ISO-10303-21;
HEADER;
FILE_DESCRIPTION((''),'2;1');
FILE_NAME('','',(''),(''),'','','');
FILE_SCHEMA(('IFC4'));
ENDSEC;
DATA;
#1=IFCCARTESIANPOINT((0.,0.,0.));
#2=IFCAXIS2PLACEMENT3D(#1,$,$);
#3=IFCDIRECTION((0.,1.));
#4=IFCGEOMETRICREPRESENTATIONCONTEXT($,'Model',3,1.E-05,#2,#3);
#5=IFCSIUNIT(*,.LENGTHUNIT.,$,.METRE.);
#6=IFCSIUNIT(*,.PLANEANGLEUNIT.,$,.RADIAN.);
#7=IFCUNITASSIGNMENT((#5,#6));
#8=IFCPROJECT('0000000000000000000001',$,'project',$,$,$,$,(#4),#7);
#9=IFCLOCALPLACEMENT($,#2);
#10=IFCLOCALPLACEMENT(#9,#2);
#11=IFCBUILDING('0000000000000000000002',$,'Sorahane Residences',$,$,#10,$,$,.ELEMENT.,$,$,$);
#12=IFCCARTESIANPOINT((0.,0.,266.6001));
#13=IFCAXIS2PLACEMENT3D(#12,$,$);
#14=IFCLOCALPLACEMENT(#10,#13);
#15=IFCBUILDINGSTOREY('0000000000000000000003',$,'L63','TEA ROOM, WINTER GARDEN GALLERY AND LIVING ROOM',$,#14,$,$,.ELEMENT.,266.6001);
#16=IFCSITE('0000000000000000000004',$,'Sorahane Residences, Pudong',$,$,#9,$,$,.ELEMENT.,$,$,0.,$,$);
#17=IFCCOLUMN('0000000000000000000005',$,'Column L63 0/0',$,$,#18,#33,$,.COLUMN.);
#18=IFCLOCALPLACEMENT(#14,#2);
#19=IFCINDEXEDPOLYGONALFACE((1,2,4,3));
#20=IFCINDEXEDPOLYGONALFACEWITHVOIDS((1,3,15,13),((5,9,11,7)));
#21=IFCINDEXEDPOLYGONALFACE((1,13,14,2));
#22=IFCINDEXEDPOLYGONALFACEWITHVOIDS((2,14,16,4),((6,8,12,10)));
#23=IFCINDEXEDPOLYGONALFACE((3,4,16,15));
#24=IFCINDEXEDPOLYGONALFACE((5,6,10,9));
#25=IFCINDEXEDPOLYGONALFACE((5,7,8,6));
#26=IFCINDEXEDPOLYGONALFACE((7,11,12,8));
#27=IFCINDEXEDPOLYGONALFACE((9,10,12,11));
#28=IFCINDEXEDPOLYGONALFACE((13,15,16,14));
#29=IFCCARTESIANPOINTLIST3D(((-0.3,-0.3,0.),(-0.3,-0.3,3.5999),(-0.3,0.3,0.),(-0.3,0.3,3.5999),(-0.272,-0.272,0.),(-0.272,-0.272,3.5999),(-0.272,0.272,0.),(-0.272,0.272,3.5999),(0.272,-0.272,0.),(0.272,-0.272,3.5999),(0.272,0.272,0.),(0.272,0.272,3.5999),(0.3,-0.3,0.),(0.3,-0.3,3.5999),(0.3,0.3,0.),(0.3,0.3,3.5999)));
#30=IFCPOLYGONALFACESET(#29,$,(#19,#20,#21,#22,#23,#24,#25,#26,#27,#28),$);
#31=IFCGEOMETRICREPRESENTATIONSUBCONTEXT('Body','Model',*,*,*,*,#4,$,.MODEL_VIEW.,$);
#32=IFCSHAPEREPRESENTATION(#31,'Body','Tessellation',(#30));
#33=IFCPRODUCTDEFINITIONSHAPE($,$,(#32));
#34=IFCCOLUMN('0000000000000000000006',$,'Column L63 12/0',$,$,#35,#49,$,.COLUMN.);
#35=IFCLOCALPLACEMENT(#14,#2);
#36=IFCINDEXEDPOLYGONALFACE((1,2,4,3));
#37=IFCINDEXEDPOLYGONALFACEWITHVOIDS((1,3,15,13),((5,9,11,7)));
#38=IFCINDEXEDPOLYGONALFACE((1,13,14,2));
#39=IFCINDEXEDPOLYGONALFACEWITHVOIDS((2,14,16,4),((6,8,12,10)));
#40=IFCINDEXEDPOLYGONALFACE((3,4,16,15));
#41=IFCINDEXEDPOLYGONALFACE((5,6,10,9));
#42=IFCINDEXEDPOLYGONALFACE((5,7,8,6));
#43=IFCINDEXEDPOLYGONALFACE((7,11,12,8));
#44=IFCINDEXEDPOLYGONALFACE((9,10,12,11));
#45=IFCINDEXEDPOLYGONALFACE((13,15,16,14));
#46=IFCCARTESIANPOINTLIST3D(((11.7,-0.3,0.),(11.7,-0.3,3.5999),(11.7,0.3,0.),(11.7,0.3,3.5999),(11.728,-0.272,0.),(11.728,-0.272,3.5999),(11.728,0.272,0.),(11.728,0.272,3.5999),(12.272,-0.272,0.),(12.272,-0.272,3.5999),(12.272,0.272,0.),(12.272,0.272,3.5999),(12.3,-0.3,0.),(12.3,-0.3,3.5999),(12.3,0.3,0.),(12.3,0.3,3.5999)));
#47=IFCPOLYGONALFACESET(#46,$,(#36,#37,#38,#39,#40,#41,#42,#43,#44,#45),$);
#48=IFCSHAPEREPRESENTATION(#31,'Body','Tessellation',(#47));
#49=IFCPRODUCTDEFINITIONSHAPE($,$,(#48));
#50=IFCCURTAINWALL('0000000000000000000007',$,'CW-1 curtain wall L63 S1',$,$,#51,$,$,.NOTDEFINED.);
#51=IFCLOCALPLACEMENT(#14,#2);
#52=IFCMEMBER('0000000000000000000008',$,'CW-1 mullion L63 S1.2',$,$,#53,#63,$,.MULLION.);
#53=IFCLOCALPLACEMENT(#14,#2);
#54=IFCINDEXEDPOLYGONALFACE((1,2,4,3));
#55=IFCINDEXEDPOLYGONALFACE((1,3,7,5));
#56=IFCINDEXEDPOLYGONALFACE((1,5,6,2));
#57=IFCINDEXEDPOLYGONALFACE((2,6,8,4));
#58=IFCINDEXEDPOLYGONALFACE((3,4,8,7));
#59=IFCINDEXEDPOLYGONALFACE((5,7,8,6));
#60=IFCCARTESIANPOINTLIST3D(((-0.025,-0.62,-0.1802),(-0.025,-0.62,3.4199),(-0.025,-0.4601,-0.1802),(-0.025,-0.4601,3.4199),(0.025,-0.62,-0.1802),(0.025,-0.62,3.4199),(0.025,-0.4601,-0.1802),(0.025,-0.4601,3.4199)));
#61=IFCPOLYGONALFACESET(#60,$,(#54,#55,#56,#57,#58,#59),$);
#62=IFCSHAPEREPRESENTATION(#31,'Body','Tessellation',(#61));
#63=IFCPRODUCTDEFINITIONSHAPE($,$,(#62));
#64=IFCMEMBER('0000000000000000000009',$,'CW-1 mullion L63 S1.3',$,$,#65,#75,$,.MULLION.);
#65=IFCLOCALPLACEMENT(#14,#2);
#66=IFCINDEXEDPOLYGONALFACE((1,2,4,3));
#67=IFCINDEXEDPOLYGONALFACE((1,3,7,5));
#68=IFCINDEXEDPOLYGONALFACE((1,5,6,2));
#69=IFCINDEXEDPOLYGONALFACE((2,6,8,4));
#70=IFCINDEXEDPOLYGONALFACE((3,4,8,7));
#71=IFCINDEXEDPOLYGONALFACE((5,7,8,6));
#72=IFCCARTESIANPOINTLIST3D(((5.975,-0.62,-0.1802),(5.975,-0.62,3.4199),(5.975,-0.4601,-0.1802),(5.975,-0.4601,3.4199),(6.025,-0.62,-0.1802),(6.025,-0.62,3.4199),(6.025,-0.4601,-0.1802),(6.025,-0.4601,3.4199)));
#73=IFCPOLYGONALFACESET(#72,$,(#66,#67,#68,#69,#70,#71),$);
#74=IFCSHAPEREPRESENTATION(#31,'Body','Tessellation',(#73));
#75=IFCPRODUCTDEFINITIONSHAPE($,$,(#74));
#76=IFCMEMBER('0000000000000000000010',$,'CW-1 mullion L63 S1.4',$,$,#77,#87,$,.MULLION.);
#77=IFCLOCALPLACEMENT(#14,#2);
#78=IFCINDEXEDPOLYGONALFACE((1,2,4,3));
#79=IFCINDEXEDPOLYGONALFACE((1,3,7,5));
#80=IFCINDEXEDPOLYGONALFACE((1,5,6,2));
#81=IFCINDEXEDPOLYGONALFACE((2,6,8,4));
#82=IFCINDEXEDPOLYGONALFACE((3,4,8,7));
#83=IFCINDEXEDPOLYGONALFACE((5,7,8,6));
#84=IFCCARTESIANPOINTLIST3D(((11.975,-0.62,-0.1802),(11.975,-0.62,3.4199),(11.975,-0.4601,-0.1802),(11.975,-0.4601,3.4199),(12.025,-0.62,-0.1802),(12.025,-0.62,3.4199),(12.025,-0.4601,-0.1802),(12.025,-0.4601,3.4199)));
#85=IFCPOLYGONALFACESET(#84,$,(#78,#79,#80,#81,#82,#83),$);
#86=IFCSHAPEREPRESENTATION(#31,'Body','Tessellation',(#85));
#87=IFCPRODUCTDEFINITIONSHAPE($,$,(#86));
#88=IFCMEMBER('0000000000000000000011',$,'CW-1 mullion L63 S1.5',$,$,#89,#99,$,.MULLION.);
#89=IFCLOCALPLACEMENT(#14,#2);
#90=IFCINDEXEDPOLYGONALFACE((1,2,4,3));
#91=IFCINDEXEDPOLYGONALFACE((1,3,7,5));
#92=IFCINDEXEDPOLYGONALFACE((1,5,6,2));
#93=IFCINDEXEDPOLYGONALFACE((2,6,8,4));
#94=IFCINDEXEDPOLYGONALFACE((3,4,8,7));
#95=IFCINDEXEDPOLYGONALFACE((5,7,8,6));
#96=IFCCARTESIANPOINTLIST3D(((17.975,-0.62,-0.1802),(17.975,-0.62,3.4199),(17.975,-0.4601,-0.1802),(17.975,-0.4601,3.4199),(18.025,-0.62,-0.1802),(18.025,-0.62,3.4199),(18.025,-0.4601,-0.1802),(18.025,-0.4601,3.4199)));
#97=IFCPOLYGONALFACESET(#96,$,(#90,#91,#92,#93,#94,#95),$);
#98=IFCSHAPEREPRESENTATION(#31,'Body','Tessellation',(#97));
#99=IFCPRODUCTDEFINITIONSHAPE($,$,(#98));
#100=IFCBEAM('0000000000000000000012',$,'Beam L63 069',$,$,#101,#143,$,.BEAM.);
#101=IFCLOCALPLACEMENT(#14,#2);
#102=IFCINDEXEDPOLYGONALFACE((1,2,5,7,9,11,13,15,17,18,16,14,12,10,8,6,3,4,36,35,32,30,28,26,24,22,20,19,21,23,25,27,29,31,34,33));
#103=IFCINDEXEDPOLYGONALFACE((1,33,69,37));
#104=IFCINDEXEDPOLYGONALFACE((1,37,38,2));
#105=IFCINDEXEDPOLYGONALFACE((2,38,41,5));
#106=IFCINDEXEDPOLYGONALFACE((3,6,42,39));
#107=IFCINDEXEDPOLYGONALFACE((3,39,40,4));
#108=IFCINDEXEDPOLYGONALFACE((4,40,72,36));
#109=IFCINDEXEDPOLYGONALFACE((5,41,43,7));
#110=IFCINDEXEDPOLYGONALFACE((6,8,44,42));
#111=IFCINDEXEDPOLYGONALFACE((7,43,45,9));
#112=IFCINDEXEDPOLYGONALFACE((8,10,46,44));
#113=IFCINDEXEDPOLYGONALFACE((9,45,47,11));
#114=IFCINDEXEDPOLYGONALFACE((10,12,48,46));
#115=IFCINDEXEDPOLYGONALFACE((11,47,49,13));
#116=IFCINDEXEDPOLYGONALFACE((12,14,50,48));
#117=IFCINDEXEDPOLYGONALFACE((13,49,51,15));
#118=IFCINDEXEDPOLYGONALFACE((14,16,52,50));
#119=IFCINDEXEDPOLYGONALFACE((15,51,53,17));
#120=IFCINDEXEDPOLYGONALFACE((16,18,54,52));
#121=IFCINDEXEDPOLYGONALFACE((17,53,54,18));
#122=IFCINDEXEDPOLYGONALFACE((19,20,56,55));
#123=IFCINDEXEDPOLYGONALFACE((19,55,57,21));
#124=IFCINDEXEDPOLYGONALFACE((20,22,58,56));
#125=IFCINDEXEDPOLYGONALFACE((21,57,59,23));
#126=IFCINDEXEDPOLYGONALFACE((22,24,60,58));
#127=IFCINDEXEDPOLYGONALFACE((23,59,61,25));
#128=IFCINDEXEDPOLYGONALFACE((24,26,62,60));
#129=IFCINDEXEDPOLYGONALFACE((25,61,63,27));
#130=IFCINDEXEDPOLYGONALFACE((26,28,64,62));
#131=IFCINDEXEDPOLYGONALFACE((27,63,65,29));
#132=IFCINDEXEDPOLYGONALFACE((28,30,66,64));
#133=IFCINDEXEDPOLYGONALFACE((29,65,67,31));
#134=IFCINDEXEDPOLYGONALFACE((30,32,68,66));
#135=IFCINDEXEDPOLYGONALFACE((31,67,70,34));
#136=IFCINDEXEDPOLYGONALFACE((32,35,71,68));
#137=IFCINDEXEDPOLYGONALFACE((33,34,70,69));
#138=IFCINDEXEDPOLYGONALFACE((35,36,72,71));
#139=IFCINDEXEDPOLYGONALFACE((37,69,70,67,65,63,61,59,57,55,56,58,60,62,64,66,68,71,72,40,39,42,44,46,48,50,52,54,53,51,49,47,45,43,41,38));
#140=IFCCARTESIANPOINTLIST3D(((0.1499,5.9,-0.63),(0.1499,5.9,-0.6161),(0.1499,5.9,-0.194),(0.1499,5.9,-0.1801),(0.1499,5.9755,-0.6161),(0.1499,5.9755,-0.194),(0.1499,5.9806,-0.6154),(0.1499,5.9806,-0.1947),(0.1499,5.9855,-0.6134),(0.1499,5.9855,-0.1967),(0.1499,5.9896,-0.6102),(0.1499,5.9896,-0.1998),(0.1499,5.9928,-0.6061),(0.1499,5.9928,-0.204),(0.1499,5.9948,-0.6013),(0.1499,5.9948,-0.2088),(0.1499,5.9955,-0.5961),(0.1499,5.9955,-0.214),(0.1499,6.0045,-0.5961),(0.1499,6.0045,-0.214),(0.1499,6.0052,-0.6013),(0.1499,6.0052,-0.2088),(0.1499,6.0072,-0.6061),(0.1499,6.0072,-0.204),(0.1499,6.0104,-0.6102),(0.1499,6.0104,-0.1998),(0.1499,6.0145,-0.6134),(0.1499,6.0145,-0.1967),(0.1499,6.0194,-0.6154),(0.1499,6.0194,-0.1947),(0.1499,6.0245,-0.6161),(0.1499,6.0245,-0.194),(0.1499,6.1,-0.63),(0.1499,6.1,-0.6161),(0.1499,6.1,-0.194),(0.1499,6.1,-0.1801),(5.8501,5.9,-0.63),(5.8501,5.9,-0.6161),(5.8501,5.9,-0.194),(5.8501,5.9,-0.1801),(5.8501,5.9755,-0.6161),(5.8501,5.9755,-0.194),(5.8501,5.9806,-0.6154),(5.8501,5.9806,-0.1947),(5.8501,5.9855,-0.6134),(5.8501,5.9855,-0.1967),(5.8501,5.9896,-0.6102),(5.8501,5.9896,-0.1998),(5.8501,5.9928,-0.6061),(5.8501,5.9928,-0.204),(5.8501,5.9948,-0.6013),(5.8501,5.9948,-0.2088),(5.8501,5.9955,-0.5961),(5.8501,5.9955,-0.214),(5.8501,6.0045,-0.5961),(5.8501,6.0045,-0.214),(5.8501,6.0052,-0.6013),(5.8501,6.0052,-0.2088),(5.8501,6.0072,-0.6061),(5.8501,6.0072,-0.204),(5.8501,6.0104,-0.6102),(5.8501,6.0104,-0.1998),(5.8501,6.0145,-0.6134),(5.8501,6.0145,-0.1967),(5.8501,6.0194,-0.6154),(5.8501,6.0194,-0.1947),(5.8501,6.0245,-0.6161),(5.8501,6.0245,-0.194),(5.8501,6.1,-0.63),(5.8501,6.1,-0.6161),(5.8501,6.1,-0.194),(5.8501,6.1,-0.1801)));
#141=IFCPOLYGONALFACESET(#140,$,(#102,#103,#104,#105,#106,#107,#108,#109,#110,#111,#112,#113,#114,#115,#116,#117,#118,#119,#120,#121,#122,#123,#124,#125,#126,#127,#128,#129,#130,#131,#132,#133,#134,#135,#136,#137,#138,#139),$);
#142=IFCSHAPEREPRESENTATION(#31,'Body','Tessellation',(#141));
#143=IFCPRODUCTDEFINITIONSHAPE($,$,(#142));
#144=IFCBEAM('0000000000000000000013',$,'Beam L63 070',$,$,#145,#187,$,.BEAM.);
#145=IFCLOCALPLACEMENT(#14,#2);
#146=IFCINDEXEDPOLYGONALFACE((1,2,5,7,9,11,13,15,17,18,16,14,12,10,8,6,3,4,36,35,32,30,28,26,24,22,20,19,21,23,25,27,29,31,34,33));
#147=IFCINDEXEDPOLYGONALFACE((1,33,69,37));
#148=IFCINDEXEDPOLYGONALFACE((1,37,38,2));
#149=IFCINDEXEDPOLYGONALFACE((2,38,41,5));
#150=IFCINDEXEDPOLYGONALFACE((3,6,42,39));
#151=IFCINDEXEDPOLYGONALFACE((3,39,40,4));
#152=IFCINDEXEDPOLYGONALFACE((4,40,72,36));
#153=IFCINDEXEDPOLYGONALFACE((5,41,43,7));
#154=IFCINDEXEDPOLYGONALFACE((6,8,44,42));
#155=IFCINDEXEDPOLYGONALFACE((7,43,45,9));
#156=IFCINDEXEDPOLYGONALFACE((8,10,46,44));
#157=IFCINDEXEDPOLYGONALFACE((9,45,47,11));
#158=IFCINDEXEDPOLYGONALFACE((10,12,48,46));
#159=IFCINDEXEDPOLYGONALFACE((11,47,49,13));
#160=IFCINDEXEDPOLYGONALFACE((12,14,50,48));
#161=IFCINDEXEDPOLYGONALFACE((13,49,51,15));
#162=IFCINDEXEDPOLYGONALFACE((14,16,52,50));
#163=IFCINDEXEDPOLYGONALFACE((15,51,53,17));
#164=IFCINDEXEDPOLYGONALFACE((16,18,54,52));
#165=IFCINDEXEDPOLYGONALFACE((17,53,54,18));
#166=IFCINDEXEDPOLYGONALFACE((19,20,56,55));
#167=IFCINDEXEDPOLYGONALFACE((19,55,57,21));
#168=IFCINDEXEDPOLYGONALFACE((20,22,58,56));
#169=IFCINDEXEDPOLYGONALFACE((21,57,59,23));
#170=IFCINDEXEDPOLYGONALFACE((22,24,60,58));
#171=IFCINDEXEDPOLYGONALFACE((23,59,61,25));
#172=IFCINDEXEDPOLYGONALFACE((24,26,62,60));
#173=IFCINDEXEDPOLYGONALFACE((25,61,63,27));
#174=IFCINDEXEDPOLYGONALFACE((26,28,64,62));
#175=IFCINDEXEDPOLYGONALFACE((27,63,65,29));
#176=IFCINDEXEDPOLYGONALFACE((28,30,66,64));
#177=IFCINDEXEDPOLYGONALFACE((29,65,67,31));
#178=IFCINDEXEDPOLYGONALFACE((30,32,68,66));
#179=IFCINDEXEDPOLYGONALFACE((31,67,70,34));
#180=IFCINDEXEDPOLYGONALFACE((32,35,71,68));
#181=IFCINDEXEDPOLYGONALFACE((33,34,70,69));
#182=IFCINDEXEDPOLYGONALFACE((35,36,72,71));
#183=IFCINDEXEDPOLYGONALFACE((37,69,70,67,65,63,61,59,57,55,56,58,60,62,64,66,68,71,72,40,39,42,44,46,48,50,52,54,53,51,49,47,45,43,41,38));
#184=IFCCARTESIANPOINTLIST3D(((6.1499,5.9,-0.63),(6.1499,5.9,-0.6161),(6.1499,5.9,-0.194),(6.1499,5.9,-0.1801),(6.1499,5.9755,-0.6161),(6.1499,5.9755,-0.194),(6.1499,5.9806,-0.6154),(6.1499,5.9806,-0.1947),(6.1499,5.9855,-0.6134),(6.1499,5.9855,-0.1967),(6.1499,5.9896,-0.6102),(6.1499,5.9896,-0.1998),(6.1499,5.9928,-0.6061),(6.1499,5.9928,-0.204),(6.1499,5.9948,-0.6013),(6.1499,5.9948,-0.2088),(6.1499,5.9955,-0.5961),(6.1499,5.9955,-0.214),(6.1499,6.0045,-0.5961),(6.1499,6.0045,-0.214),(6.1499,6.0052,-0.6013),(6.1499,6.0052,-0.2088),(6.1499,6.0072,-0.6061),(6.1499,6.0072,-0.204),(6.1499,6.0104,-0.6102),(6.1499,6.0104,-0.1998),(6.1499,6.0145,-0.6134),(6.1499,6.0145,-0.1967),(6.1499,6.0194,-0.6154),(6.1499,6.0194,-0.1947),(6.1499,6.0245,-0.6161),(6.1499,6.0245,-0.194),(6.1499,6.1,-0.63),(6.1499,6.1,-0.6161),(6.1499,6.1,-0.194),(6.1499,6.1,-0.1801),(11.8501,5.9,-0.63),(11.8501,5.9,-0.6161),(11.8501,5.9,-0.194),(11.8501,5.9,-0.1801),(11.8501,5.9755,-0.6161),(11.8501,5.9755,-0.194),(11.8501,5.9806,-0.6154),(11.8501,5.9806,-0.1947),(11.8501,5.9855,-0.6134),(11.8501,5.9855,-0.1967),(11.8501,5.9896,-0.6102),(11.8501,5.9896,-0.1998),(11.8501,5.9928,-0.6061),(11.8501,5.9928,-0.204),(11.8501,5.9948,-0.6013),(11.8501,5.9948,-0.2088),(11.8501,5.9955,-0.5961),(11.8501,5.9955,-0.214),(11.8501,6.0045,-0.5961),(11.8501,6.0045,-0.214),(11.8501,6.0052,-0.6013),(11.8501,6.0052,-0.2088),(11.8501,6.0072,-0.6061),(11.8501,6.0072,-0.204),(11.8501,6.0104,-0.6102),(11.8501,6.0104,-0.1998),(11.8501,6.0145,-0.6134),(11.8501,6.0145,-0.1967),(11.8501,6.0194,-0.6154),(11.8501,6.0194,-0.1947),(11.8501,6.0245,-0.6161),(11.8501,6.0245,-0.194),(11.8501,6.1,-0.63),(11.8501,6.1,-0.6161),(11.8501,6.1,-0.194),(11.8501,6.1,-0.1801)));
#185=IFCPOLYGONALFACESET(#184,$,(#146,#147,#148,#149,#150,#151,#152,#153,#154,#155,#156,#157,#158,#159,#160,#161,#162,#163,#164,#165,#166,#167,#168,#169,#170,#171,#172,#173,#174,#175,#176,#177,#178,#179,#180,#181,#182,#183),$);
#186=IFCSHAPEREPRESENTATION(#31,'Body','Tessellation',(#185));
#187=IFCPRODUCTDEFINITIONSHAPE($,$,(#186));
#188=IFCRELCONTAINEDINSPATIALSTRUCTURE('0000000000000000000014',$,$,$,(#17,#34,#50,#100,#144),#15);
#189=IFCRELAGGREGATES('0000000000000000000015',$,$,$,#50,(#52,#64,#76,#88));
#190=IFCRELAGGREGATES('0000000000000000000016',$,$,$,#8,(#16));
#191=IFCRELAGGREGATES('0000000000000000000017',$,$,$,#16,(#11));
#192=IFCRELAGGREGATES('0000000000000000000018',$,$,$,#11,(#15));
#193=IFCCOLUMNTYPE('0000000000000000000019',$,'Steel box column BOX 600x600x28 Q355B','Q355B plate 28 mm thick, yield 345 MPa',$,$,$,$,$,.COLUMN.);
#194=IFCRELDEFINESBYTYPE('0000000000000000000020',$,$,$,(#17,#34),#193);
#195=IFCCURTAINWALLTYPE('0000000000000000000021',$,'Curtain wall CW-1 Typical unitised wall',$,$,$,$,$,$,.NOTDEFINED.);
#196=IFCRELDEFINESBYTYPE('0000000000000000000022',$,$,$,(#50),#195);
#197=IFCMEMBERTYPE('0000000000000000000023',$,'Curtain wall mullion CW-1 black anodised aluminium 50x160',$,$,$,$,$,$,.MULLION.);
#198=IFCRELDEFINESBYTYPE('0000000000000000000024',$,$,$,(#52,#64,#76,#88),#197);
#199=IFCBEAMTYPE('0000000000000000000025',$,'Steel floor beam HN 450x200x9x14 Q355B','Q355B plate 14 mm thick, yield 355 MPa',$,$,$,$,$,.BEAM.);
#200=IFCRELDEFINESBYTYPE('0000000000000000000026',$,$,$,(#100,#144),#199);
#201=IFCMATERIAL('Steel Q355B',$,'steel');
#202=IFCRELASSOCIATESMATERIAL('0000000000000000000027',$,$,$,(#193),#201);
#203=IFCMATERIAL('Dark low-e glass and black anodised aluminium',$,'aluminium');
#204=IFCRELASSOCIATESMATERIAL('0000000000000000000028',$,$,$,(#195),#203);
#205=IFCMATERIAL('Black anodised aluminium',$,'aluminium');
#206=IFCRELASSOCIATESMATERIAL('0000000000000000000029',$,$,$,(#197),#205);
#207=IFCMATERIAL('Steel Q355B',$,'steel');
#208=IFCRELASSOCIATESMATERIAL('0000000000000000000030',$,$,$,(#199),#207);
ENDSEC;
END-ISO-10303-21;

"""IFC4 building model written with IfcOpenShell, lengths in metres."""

from ifc_helpers import new_model, si_unit, direction, frame, origin, origin_2d, place, context, subcontext, project, spatial, rectangle, hollow_rectangle, i_section, extrude, material, material_profile, profile_set, type_object, element, aggregate, save


model = new_model("IFC4")

# Units and contexts
model_context = context("Model", 3, precision=1e-05, world=origin(), true_north=direction((0.0, 1.0)))
body_context = subcontext(model_context, "Body", "Model", "MODEL_VIEW")
ifc_project = project(units=[si_unit("LENGTHUNIT", "METRE"), si_unit("PLANEANGLEUNIT", "RADIAN")], contexts=[model_context])

# Site, building, storey
site_placement = place(None, origin())
site = spatial("IfcSite", under=ifc_project, at=site_placement, Name="Sorahane Residences, Pudong", CompositionType="ELEMENT", RefElevation=0.0)
building_placement = place(site_placement, origin())
building = spatial("IfcBuilding", under=site, at=building_placement, Name="Sorahane Residences", CompositionType="ELEMENT")
storey_placement = place(building_placement, frame((0.0, 0.0, 266.6001)))
storey = spatial("IfcBuildingStorey", under=building, at=storey_placement, Name="L63", Description="TEA ROOM, WINTER GARDEN GALLERY AND LIVING ROOM", CompositionType="ELEMENT", Elevation=266.6001)

# Columns
ifc_material_1 = material(Name="Steel Q355B", Category="steel")
ifc_material_profile_1 = material_profile(ifc_material_1, hollow_rectangle(XDim=0.6001, YDim=0.6001, WallThickness=0.0281, at=origin_2d()), Name="BOX 600x600x28")
ifc_profile_set_1 = profile_set([ifc_material_profile_1], Name="Steel Q355B")
column_type = type_object("IfcColumnType", Name="Steel box column BOX 600x600x28 Q355B", Description="Q355B plate 28 mm thick, yield 345 MPa", PredefinedType="COLUMN", material=ifc_profile_set_1)
for number, where, z_axis, x_axis, name in (
    (1, (0.0, 0.0, 0.0), (0.0, 0.0, 1.0), (1.0, 0.0, 0.0), "Column L63 0/0"),
    (2, (12.0, 0.0, 0.0), (0.0, 0.0, 1.0), (1.0, 0.0, 0.0), "Column L63 12/0"),
):
    element("IfcColumn", number, at=place(storey_placement, frame(where, z_axis=z_axis, x_axis=x_axis)), inside=storey, type_object=column_type, Name=name, PredefinedType="COLUMN", context=body_context, shape_type="SweptSolid", body=[
        extrude(hollow_rectangle(XDim=0.6001, YDim=0.6001, WallThickness=0.0281, at=origin_2d()), origin(), (0.0, 0.0, 1.0), 3.5999),
    ])

# Curtain wall, members
ifc_material_2 = material(Name="Dark low-e glass and black anodised aluminium", Category="aluminium")
curtain_wall_type = type_object("IfcCurtainWallType", Name="Curtain wall CW-1 Typical unitised wall", PredefinedType="NOTDEFINED", material=ifc_material_2)
curtain_wall_placement = place(storey_placement, origin())
curtain_wall = element("IfcCurtainWall", 3, at=curtain_wall_placement, inside=storey, type_object=curtain_wall_type, Name="CW-1 curtain wall L63 S1", PredefinedType="NOTDEFINED")
ifc_material_3 = material(Name="Black anodised aluminium", Category="aluminium")
ifc_material_profile_2 = material_profile(ifc_material_3, rectangle(XDim=0.1599, YDim=0.05, at=origin_2d()), Name="Curtain wall mullion CW-1 black anodised aluminium 50x160")
ifc_profile_set_2 = profile_set([ifc_material_profile_2], Name="Black anodised aluminium")
member_type = type_object("IfcMemberType", Name="Curtain wall mullion CW-1 black anodised aluminium 50x160", PredefinedType="MULLION", material=ifc_profile_set_2)
member_1_placement = place(storey_placement, frame((0.0, -0.54, -0.1802), z_axis=(0.0, 0.0, 1.0), x_axis=(0.0, -1.0, 0.0)))
member_1 = element("IfcMember", 4, at=member_1_placement, type_object=member_type, Name="CW-1 mullion L63 S1.2", PredefinedType="MULLION", context=body_context, shape_type="SweptSolid", body=[
    extrude(rectangle(XDim=0.1599, YDim=0.05, at=origin_2d()), origin(), (0.0, 0.0, 1.0), 3.6001),
])
member_2_placement = place(storey_placement, frame((6.0, -0.54, -0.1802), z_axis=(0.0, 0.0, 1.0), x_axis=(0.0, -1.0, 0.0)))
member_2 = element("IfcMember", 5, at=member_2_placement, type_object=member_type, Name="CW-1 mullion L63 S1.3", PredefinedType="MULLION", context=body_context, shape_type="SweptSolid", body=[
    extrude(rectangle(XDim=0.1599, YDim=0.05, at=origin_2d()), origin(), (0.0, 0.0, 1.0), 3.6001),
])
member_3_placement = place(storey_placement, frame((12.0, -0.54, -0.1802), z_axis=(0.0, 0.0, 1.0), x_axis=(0.0, -1.0, 0.0)))
member_3 = element("IfcMember", 6, at=member_3_placement, type_object=member_type, Name="CW-1 mullion L63 S1.4", PredefinedType="MULLION", context=body_context, shape_type="SweptSolid", body=[
    extrude(rectangle(XDim=0.1599, YDim=0.05, at=origin_2d()), origin(), (0.0, 0.0, 1.0), 3.6001),
])
member_4_placement = place(storey_placement, frame((18.0, -0.54, -0.1802), z_axis=(0.0, 0.0, 1.0), x_axis=(0.0, -1.0, 0.0)))
member_4 = element("IfcMember", 7, at=member_4_placement, type_object=member_type, Name="CW-1 mullion L63 S1.5", PredefinedType="MULLION", context=body_context, shape_type="SweptSolid", body=[
    extrude(rectangle(XDim=0.1599, YDim=0.05, at=origin_2d()), origin(), (0.0, 0.0, 1.0), 3.6001),
])

# Beams
ifc_material_4 = material(Name="Steel Q355B", Category="steel")
ifc_material_profile_3 = material_profile(ifc_material_4, i_section(OverallWidth=0.2, OverallDepth=0.45, WebThickness=0.009, FlangeThickness=0.0139, FilletRadius=0.02, at=origin_2d()), Name="HN 450x200x9x14")
ifc_profile_set_3 = profile_set([ifc_material_profile_3], Name="Steel Q355B")
beam_type_1 = type_object("IfcBeamType", Name="Steel floor beam HN 450x200x9x14 Q355B", Description="Q355B plate 14 mm thick, yield 355 MPa", PredefinedType="BEAM", material=ifc_profile_set_3)
for number, where, z_axis, x_axis, name in (
    (8, (0.1499, 6.0, -0.405), (1.0, 0.0, 0.0), (0.0, 1.0, 0.0), "Beam L63 069"),
    (9, (6.1499, 6.0, -0.405), (1.0, 0.0, 0.0), (0.0, 1.0, 0.0), "Beam L63 070"),
):
    element("IfcBeam", number, at=place(storey_placement, frame(where, z_axis=z_axis, x_axis=x_axis)), inside=storey, type_object=beam_type_1, Name=name, PredefinedType="BEAM", context=body_context, shape_type="SweptSolid", body=[
        extrude(i_section(OverallWidth=0.2, OverallDepth=0.45, WebThickness=0.009, FlangeThickness=0.0139, FilletRadius=0.02, at=origin_2d()), origin(), (0.0, 0.0, 1.0), 5.7002),
    ])

aggregate(curtain_wall, [member_1, member_2, member_3, member_4])

save(model, "model.ifc")
